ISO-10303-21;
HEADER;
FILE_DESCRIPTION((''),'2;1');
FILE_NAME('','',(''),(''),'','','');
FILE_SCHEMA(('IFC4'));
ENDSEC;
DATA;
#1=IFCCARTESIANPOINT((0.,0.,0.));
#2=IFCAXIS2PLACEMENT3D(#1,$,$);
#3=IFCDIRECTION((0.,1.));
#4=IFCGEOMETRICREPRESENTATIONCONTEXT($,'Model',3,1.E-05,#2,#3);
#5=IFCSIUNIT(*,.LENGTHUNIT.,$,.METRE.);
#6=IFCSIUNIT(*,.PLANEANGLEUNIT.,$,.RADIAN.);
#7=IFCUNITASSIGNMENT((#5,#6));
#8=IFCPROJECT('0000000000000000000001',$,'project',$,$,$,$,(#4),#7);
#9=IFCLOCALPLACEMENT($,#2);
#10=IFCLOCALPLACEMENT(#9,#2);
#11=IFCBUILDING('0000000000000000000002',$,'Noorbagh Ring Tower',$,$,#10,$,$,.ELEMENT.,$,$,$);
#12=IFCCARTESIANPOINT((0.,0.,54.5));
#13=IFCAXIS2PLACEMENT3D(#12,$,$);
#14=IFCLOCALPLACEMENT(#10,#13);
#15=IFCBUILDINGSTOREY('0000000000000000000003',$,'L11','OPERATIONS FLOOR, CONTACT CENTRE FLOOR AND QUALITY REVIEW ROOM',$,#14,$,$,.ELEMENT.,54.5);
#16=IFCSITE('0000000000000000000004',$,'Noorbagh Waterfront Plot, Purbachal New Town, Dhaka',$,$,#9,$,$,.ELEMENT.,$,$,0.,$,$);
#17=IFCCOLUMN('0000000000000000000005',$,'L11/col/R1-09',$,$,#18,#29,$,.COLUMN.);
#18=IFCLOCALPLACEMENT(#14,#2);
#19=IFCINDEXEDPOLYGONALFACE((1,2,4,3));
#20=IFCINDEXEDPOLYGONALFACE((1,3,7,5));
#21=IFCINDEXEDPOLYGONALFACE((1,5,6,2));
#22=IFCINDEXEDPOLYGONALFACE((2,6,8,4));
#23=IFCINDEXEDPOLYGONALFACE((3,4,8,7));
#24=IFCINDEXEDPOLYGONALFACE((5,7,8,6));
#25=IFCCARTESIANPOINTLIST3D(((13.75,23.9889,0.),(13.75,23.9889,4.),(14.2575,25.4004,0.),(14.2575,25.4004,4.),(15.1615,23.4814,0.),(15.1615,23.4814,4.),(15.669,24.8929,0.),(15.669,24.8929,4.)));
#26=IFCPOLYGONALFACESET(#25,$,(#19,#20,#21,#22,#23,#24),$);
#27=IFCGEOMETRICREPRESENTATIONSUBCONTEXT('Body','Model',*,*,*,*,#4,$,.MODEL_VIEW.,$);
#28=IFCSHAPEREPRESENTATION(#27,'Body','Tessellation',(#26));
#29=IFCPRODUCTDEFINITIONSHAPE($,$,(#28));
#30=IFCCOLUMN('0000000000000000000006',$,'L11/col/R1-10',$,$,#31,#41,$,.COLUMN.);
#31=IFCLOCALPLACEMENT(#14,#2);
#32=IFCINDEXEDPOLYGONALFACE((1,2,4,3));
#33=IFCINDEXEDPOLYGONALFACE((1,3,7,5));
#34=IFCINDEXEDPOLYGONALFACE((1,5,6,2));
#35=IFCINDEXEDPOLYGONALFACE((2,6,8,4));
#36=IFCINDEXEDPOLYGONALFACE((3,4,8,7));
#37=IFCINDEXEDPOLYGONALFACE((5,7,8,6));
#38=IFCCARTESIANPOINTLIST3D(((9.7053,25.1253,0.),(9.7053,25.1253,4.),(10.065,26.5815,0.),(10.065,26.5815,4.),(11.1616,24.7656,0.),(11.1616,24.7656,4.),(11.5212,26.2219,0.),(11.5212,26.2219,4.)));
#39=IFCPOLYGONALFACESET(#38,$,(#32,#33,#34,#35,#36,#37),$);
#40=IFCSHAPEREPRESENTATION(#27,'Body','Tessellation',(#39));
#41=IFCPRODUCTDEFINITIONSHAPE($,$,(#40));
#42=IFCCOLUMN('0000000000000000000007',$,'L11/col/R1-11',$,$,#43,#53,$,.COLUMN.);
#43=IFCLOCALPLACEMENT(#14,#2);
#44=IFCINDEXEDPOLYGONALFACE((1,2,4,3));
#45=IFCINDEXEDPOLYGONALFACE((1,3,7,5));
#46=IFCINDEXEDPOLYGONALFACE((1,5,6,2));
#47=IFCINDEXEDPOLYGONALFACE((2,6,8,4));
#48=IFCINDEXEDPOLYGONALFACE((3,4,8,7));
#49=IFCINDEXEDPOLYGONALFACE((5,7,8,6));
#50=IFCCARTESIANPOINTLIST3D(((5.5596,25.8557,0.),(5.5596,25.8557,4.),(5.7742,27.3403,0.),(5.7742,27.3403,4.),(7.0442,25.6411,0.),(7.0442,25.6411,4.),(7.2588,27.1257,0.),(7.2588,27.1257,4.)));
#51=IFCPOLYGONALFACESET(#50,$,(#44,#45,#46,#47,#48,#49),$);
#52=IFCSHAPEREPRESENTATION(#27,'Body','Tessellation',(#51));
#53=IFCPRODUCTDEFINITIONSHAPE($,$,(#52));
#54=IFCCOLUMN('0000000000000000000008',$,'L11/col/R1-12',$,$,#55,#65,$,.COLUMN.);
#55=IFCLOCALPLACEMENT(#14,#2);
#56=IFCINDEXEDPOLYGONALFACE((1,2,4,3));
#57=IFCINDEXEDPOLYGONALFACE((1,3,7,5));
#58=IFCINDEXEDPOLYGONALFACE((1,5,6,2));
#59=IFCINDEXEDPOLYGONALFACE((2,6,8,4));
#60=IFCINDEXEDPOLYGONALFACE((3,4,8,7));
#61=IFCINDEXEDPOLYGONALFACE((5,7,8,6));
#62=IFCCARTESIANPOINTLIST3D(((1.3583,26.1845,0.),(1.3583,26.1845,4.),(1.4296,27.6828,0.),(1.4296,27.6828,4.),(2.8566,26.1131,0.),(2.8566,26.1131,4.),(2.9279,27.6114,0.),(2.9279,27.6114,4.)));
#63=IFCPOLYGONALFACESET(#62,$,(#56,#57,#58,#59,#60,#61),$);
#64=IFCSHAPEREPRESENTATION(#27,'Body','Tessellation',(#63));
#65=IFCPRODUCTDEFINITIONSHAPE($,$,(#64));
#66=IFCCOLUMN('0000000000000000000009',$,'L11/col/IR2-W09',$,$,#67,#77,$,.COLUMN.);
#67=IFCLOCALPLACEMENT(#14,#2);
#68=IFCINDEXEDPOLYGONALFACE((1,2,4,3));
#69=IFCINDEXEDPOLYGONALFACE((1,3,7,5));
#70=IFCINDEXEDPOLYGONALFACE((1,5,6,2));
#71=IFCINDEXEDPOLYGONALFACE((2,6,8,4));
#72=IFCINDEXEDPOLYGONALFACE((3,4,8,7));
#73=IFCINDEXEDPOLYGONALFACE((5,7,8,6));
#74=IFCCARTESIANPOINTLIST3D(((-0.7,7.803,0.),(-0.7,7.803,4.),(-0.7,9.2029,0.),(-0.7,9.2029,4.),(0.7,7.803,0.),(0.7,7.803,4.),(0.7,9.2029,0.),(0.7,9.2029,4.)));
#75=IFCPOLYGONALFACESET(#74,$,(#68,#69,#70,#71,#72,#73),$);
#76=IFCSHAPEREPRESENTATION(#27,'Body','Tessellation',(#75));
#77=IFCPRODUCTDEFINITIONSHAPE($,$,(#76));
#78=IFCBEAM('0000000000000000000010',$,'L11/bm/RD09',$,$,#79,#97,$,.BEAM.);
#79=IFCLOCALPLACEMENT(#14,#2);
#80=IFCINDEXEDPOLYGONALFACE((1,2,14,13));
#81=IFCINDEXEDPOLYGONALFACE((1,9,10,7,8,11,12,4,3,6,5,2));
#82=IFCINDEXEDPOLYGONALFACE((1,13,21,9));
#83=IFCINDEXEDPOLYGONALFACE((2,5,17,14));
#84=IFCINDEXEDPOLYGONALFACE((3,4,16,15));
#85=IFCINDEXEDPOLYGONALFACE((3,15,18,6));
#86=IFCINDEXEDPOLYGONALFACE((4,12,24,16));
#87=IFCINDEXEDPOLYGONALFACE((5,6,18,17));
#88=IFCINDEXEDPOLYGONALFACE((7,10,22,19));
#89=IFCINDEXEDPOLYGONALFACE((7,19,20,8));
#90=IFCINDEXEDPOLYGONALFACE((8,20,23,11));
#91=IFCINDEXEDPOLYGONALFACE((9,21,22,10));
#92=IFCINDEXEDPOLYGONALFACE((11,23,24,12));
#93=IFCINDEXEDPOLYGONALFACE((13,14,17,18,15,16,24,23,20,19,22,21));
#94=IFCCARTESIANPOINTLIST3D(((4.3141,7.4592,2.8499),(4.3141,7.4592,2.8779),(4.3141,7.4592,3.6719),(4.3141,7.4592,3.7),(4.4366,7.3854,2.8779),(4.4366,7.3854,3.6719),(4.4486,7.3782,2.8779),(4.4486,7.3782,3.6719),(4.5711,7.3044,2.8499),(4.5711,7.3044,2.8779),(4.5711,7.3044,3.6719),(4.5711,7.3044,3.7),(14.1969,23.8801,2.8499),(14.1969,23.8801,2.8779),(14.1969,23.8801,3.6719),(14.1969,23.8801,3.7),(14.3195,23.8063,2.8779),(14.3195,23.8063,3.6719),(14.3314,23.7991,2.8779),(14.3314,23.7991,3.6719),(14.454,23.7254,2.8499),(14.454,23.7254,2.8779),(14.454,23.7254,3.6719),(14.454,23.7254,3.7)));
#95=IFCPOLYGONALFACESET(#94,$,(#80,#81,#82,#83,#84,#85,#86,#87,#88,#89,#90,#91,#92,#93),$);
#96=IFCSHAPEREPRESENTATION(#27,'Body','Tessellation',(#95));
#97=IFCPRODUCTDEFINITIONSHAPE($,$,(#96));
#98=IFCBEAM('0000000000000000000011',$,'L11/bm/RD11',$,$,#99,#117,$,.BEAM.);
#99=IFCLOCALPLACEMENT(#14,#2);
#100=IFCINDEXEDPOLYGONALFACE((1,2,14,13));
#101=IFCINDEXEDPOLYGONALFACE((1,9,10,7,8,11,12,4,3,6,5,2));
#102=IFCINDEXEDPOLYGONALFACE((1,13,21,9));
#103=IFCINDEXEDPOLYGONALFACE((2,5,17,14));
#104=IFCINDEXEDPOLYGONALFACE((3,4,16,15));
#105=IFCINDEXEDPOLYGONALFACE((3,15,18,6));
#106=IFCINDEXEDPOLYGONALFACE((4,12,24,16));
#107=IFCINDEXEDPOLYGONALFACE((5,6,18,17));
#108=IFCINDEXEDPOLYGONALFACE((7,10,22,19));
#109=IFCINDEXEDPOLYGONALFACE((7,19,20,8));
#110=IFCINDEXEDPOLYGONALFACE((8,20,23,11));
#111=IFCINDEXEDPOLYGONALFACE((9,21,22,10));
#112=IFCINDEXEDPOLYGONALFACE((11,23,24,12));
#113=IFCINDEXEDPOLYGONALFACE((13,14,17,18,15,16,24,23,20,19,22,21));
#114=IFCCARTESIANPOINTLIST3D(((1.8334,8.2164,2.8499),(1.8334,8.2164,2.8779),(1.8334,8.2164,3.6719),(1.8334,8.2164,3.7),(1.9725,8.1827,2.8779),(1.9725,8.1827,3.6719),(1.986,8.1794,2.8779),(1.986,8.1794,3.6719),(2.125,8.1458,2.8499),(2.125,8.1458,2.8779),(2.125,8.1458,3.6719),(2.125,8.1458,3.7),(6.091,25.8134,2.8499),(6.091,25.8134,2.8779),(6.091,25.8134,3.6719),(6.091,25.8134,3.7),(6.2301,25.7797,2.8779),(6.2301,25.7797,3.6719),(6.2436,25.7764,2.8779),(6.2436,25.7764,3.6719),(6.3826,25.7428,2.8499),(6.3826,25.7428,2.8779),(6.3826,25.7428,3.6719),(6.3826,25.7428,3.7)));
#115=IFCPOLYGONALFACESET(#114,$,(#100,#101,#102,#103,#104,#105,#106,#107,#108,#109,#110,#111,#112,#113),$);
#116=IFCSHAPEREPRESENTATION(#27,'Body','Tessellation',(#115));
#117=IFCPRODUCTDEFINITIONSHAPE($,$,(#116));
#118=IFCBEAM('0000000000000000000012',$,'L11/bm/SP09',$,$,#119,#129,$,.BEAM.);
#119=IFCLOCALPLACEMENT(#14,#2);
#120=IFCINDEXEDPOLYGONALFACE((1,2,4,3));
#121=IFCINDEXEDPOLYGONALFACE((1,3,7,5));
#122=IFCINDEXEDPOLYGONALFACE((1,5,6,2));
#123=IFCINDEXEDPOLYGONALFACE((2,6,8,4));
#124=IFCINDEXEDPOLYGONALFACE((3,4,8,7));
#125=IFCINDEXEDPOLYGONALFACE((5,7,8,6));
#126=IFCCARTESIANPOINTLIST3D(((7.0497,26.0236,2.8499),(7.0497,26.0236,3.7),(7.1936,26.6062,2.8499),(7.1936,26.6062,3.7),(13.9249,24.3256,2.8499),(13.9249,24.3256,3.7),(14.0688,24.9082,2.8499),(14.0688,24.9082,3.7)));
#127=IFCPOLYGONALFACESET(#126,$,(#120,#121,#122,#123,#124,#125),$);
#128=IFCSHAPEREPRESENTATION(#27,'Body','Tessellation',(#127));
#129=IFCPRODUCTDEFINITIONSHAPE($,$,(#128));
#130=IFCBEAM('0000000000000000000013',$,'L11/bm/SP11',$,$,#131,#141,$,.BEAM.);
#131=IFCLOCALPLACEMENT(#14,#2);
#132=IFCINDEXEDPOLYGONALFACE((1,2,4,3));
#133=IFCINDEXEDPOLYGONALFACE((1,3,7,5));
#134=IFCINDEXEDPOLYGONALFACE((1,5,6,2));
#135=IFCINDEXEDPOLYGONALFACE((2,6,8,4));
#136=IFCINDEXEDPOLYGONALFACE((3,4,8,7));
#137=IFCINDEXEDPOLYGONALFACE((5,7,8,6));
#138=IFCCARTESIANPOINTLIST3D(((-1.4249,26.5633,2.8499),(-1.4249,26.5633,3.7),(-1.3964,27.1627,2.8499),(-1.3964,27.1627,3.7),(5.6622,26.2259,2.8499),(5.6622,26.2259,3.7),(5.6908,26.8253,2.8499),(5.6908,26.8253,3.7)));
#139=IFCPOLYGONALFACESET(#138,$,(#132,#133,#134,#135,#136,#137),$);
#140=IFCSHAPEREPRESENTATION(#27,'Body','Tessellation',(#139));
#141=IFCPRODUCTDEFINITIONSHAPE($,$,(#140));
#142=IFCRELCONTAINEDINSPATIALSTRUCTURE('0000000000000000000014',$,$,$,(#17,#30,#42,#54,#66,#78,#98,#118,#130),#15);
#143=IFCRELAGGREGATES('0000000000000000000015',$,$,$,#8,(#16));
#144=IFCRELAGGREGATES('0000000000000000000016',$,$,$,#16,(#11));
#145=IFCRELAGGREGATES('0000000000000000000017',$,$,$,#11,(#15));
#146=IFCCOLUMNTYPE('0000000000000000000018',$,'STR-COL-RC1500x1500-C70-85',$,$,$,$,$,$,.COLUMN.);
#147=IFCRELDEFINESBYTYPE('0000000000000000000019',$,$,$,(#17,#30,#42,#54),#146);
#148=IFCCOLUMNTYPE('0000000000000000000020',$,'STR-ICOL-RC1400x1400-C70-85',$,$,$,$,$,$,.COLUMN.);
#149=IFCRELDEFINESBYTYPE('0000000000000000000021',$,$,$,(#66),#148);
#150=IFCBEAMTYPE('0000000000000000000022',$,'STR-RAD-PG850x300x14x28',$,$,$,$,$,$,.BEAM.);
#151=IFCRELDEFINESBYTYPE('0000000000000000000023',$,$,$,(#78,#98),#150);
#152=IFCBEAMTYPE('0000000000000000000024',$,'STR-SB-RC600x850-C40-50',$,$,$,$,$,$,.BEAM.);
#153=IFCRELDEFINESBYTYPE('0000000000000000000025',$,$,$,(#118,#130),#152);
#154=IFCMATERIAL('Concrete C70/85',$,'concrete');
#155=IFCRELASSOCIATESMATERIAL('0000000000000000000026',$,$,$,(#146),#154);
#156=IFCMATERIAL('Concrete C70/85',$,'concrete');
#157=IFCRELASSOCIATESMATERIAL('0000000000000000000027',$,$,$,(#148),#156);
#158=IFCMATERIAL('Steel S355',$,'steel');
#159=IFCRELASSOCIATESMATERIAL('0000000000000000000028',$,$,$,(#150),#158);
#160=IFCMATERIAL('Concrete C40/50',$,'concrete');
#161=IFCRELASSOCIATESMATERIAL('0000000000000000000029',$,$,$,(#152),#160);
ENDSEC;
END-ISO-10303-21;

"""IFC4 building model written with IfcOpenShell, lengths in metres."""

from ifc_helpers import new_model, si_unit, direction, frame, origin, origin_2d, place, context, subcontext, project, spatial, rectangle, i_section, extrude, material, material_profile, profile_set, type_object, element, save


model = new_model("IFC4")

# Units and contexts
model_context = context("Model", 3, precision=1e-05, world=origin(), true_north=direction((0.0, 1.0)))
body_context = subcontext(model_context, "Body", "Model", "MODEL_VIEW")
ifc_project = project(units=[si_unit("LENGTHUNIT", "METRE"), si_unit("PLANEANGLEUNIT", "RADIAN")], contexts=[model_context])

# Site, building, storey
site_placement = place(None, origin())
site = spatial("IfcSite", under=ifc_project, at=site_placement, Name="Noorbagh Waterfront Plot, Purbachal New Town, Dhaka", CompositionType="ELEMENT", RefElevation=0.0)
building_placement = place(site_placement, origin())
building = spatial("IfcBuilding", under=site, at=building_placement, Name="Noorbagh Ring Tower", CompositionType="ELEMENT")
storey_placement = place(building_placement, frame((0.0, 0.0, 54.5)))
storey = spatial("IfcBuildingStorey", under=building, at=storey_placement, Name="L11", Description="OPERATIONS FLOOR, CONTACT CENTRE FLOOR AND QUALITY REVIEW ROOM", CompositionType="ELEMENT", Elevation=54.5)

# Columns
ifc_material_1 = material(Name="Concrete C70/85", Category="concrete")
ifc_material_profile_1 = material_profile(ifc_material_1, rectangle(XDim=1.5, YDim=1.5, at=origin_2d()), Name="RC1500x1500")
ifc_profile_set_1 = profile_set([ifc_material_profile_1], Name="Concrete C70/85")
column_type_1 = type_object("IfcColumnType", Name="STR-COL-RC1500x1500-C70-85", PredefinedType="COLUMN", material=ifc_profile_set_1)
for number, where, z_axis, x_axis, name in (
    (1, (14.7095, 24.4409, 0.0), (0.0, 0.0, 1.0), (-0.941025, 0.338338, 0.0), "L11/col/R1-09"),
    (2, (10.6133, 25.6736, 0.0), (0.0, 0.0, 1.0), (-0.970829, 0.239771, 0.0), "L11/col/R1-10"),
    (3, (6.4092, 26.4907, 0.0), (0.0, 0.0, 1.0), (-0.989713, 0.143066, 0.0), "L11/col/R1-11"),
    (4, (2.1431, 26.8979, 0.0), (0.0, 0.0, 1.0), (-0.998869, 0.047553, 0.0), "L11/col/R1-12"),
):
    element("IfcColumn", number, at=place(storey_placement, frame(where, z_axis=z_axis, x_axis=x_axis)), inside=storey, type_object=column_type_1, Name=name, PredefinedType="COLUMN", context=body_context, shape_type="SweptSolid", body=[
        extrude(rectangle(XDim=1.5, YDim=1.5, at=origin_2d()), origin(), (0.0, 0.0, 1.0), 4.0),
    ])
ifc_material_2 = material(Name="Concrete C70/85", Category="concrete")
ifc_material_profile_2 = material_profile(ifc_material_2, rectangle(XDim=1.3999, YDim=1.3999, at=origin_2d()), Name="RC1400x1400")
ifc_profile_set_2 = profile_set([ifc_material_profile_2], Name="Concrete C70/85")
column_type_2 = type_object("IfcColumnType", Name="STR-ICOL-RC1400x1400-C70-85", PredefinedType="COLUMN", material=ifc_profile_set_2)
column_placement = place(storey_placement, frame((0.0, 8.5029, 0.0), z_axis=(0.0, 0.0, 1.0), x_axis=(-1.0, 0.0, 0.0)))
element("IfcColumn", 5, at=column_placement, inside=storey, type_object=column_type_2, Name="L11/col/IR2-W09", PredefinedType="COLUMN", context=body_context, shape_type="SweptSolid", body=[
    extrude(rectangle(XDim=1.3999, YDim=1.3999, at=origin_2d()), origin(), (0.0, 0.0, 1.0), 4.0),
])

# Beams
ifc_material_3 = material(Name="Steel S355", Category="steel")
ifc_material_profile_3 = material_profile(ifc_material_3, i_section(OverallWidth=0.3, OverallDepth=0.8501, WebThickness=0.0139, FlangeThickness=0.0281, at=origin_2d()), Name="PG850x300x14x28")
ifc_profile_set_3 = profile_set([ifc_material_profile_3], Name="Steel S355")
beam_type_1 = type_object("IfcBeamType", Name="STR-RAD-PG850x300x14x28", PredefinedType="BEAM", material=ifc_profile_set_3)
beam_1_placement = place(storey_placement, frame((14.3254, 23.8027, 3.2749), z_axis=(-0.515657, -0.856795, 0.0), x_axis=(0.856795, -0.515657, 0.0)))
element("IfcBeam", 6, at=beam_1_placement, inside=storey, type_object=beam_type_1, Name="L11/bm/RD09", PredefinedType="BEAM", context=body_context, shape_type="SweptSolid", body=[
    extrude(i_section(OverallWidth=0.3, OverallDepth=0.8501, WebThickness=0.0139, FlangeThickness=0.0281, at=origin_2d()), origin(), (0.0, 0.0, 1.0), 19.1655),
])
beam_2_placement = place(storey_placement, frame((6.2368, 25.7781, 3.2749), z_axis=(-0.235164, -0.971956, 0.0), x_axis=(0.971956, -0.235164, 0.0)))
element("IfcBeam", 7, at=beam_2_placement, inside=storey, type_object=beam_type_1, Name="L11/bm/RD11", PredefinedType="BEAM", context=body_context, shape_type="SweptSolid", body=[
    extrude(i_section(OverallWidth=0.3, OverallDepth=0.8501, WebThickness=0.0139, FlangeThickness=0.0281, at=origin_2d()), origin(), (0.0, 0.0, 1.0), 18.1047),
])
ifc_material_4 = material(Name="Concrete C40/50", Category="concrete")
ifc_material_profile_4 = material_profile(ifc_material_4, rectangle(XDim=0.6001, YDim=0.8501, at=origin_2d()), Name="RC600x850")
ifc_profile_set_4 = profile_set([ifc_material_profile_4], Name="Concrete C40/50")
beam_type_2 = type_object("IfcBeamType", Name="STR-SB-RC600x850-C40-50", PredefinedType="BEAM", material=ifc_profile_set_4)
beam_3_placement = place(storey_placement, frame((13.9968, 24.6169, 3.2749), z_axis=(-0.97083, 0.239769, 0.0), x_axis=(-0.239769, -0.97083, 0.0)))
element("IfcBeam", 8, at=beam_3_placement, inside=storey, type_object=beam_type_2, Name="L11/bm/SP09", PredefinedType="BEAM", context=body_context, shape_type="SweptSolid", body=[
    extrude(rectangle(XDim=0.6001, YDim=0.8501, at=origin_2d()), origin(), (0.0, 0.0, 1.0), 7.0818),
])
beam_4_placement = place(storey_placement, frame((5.6765, 26.5256, 3.2749), z_axis=(-0.998869, 0.047554, 0.0), x_axis=(-0.047554, -0.998869, 0.0)))
element("IfcBeam", 9, at=beam_4_placement, inside=storey, type_object=beam_type_2, Name="L11/bm/SP11", PredefinedType="BEAM", context=body_context, shape_type="SweptSolid", body=[
    extrude(rectangle(XDim=0.6001, YDim=0.8501, at=origin_2d()), origin(), (0.0, 0.0, 1.0), 7.0952),
])

save(model, "model.ifc")
